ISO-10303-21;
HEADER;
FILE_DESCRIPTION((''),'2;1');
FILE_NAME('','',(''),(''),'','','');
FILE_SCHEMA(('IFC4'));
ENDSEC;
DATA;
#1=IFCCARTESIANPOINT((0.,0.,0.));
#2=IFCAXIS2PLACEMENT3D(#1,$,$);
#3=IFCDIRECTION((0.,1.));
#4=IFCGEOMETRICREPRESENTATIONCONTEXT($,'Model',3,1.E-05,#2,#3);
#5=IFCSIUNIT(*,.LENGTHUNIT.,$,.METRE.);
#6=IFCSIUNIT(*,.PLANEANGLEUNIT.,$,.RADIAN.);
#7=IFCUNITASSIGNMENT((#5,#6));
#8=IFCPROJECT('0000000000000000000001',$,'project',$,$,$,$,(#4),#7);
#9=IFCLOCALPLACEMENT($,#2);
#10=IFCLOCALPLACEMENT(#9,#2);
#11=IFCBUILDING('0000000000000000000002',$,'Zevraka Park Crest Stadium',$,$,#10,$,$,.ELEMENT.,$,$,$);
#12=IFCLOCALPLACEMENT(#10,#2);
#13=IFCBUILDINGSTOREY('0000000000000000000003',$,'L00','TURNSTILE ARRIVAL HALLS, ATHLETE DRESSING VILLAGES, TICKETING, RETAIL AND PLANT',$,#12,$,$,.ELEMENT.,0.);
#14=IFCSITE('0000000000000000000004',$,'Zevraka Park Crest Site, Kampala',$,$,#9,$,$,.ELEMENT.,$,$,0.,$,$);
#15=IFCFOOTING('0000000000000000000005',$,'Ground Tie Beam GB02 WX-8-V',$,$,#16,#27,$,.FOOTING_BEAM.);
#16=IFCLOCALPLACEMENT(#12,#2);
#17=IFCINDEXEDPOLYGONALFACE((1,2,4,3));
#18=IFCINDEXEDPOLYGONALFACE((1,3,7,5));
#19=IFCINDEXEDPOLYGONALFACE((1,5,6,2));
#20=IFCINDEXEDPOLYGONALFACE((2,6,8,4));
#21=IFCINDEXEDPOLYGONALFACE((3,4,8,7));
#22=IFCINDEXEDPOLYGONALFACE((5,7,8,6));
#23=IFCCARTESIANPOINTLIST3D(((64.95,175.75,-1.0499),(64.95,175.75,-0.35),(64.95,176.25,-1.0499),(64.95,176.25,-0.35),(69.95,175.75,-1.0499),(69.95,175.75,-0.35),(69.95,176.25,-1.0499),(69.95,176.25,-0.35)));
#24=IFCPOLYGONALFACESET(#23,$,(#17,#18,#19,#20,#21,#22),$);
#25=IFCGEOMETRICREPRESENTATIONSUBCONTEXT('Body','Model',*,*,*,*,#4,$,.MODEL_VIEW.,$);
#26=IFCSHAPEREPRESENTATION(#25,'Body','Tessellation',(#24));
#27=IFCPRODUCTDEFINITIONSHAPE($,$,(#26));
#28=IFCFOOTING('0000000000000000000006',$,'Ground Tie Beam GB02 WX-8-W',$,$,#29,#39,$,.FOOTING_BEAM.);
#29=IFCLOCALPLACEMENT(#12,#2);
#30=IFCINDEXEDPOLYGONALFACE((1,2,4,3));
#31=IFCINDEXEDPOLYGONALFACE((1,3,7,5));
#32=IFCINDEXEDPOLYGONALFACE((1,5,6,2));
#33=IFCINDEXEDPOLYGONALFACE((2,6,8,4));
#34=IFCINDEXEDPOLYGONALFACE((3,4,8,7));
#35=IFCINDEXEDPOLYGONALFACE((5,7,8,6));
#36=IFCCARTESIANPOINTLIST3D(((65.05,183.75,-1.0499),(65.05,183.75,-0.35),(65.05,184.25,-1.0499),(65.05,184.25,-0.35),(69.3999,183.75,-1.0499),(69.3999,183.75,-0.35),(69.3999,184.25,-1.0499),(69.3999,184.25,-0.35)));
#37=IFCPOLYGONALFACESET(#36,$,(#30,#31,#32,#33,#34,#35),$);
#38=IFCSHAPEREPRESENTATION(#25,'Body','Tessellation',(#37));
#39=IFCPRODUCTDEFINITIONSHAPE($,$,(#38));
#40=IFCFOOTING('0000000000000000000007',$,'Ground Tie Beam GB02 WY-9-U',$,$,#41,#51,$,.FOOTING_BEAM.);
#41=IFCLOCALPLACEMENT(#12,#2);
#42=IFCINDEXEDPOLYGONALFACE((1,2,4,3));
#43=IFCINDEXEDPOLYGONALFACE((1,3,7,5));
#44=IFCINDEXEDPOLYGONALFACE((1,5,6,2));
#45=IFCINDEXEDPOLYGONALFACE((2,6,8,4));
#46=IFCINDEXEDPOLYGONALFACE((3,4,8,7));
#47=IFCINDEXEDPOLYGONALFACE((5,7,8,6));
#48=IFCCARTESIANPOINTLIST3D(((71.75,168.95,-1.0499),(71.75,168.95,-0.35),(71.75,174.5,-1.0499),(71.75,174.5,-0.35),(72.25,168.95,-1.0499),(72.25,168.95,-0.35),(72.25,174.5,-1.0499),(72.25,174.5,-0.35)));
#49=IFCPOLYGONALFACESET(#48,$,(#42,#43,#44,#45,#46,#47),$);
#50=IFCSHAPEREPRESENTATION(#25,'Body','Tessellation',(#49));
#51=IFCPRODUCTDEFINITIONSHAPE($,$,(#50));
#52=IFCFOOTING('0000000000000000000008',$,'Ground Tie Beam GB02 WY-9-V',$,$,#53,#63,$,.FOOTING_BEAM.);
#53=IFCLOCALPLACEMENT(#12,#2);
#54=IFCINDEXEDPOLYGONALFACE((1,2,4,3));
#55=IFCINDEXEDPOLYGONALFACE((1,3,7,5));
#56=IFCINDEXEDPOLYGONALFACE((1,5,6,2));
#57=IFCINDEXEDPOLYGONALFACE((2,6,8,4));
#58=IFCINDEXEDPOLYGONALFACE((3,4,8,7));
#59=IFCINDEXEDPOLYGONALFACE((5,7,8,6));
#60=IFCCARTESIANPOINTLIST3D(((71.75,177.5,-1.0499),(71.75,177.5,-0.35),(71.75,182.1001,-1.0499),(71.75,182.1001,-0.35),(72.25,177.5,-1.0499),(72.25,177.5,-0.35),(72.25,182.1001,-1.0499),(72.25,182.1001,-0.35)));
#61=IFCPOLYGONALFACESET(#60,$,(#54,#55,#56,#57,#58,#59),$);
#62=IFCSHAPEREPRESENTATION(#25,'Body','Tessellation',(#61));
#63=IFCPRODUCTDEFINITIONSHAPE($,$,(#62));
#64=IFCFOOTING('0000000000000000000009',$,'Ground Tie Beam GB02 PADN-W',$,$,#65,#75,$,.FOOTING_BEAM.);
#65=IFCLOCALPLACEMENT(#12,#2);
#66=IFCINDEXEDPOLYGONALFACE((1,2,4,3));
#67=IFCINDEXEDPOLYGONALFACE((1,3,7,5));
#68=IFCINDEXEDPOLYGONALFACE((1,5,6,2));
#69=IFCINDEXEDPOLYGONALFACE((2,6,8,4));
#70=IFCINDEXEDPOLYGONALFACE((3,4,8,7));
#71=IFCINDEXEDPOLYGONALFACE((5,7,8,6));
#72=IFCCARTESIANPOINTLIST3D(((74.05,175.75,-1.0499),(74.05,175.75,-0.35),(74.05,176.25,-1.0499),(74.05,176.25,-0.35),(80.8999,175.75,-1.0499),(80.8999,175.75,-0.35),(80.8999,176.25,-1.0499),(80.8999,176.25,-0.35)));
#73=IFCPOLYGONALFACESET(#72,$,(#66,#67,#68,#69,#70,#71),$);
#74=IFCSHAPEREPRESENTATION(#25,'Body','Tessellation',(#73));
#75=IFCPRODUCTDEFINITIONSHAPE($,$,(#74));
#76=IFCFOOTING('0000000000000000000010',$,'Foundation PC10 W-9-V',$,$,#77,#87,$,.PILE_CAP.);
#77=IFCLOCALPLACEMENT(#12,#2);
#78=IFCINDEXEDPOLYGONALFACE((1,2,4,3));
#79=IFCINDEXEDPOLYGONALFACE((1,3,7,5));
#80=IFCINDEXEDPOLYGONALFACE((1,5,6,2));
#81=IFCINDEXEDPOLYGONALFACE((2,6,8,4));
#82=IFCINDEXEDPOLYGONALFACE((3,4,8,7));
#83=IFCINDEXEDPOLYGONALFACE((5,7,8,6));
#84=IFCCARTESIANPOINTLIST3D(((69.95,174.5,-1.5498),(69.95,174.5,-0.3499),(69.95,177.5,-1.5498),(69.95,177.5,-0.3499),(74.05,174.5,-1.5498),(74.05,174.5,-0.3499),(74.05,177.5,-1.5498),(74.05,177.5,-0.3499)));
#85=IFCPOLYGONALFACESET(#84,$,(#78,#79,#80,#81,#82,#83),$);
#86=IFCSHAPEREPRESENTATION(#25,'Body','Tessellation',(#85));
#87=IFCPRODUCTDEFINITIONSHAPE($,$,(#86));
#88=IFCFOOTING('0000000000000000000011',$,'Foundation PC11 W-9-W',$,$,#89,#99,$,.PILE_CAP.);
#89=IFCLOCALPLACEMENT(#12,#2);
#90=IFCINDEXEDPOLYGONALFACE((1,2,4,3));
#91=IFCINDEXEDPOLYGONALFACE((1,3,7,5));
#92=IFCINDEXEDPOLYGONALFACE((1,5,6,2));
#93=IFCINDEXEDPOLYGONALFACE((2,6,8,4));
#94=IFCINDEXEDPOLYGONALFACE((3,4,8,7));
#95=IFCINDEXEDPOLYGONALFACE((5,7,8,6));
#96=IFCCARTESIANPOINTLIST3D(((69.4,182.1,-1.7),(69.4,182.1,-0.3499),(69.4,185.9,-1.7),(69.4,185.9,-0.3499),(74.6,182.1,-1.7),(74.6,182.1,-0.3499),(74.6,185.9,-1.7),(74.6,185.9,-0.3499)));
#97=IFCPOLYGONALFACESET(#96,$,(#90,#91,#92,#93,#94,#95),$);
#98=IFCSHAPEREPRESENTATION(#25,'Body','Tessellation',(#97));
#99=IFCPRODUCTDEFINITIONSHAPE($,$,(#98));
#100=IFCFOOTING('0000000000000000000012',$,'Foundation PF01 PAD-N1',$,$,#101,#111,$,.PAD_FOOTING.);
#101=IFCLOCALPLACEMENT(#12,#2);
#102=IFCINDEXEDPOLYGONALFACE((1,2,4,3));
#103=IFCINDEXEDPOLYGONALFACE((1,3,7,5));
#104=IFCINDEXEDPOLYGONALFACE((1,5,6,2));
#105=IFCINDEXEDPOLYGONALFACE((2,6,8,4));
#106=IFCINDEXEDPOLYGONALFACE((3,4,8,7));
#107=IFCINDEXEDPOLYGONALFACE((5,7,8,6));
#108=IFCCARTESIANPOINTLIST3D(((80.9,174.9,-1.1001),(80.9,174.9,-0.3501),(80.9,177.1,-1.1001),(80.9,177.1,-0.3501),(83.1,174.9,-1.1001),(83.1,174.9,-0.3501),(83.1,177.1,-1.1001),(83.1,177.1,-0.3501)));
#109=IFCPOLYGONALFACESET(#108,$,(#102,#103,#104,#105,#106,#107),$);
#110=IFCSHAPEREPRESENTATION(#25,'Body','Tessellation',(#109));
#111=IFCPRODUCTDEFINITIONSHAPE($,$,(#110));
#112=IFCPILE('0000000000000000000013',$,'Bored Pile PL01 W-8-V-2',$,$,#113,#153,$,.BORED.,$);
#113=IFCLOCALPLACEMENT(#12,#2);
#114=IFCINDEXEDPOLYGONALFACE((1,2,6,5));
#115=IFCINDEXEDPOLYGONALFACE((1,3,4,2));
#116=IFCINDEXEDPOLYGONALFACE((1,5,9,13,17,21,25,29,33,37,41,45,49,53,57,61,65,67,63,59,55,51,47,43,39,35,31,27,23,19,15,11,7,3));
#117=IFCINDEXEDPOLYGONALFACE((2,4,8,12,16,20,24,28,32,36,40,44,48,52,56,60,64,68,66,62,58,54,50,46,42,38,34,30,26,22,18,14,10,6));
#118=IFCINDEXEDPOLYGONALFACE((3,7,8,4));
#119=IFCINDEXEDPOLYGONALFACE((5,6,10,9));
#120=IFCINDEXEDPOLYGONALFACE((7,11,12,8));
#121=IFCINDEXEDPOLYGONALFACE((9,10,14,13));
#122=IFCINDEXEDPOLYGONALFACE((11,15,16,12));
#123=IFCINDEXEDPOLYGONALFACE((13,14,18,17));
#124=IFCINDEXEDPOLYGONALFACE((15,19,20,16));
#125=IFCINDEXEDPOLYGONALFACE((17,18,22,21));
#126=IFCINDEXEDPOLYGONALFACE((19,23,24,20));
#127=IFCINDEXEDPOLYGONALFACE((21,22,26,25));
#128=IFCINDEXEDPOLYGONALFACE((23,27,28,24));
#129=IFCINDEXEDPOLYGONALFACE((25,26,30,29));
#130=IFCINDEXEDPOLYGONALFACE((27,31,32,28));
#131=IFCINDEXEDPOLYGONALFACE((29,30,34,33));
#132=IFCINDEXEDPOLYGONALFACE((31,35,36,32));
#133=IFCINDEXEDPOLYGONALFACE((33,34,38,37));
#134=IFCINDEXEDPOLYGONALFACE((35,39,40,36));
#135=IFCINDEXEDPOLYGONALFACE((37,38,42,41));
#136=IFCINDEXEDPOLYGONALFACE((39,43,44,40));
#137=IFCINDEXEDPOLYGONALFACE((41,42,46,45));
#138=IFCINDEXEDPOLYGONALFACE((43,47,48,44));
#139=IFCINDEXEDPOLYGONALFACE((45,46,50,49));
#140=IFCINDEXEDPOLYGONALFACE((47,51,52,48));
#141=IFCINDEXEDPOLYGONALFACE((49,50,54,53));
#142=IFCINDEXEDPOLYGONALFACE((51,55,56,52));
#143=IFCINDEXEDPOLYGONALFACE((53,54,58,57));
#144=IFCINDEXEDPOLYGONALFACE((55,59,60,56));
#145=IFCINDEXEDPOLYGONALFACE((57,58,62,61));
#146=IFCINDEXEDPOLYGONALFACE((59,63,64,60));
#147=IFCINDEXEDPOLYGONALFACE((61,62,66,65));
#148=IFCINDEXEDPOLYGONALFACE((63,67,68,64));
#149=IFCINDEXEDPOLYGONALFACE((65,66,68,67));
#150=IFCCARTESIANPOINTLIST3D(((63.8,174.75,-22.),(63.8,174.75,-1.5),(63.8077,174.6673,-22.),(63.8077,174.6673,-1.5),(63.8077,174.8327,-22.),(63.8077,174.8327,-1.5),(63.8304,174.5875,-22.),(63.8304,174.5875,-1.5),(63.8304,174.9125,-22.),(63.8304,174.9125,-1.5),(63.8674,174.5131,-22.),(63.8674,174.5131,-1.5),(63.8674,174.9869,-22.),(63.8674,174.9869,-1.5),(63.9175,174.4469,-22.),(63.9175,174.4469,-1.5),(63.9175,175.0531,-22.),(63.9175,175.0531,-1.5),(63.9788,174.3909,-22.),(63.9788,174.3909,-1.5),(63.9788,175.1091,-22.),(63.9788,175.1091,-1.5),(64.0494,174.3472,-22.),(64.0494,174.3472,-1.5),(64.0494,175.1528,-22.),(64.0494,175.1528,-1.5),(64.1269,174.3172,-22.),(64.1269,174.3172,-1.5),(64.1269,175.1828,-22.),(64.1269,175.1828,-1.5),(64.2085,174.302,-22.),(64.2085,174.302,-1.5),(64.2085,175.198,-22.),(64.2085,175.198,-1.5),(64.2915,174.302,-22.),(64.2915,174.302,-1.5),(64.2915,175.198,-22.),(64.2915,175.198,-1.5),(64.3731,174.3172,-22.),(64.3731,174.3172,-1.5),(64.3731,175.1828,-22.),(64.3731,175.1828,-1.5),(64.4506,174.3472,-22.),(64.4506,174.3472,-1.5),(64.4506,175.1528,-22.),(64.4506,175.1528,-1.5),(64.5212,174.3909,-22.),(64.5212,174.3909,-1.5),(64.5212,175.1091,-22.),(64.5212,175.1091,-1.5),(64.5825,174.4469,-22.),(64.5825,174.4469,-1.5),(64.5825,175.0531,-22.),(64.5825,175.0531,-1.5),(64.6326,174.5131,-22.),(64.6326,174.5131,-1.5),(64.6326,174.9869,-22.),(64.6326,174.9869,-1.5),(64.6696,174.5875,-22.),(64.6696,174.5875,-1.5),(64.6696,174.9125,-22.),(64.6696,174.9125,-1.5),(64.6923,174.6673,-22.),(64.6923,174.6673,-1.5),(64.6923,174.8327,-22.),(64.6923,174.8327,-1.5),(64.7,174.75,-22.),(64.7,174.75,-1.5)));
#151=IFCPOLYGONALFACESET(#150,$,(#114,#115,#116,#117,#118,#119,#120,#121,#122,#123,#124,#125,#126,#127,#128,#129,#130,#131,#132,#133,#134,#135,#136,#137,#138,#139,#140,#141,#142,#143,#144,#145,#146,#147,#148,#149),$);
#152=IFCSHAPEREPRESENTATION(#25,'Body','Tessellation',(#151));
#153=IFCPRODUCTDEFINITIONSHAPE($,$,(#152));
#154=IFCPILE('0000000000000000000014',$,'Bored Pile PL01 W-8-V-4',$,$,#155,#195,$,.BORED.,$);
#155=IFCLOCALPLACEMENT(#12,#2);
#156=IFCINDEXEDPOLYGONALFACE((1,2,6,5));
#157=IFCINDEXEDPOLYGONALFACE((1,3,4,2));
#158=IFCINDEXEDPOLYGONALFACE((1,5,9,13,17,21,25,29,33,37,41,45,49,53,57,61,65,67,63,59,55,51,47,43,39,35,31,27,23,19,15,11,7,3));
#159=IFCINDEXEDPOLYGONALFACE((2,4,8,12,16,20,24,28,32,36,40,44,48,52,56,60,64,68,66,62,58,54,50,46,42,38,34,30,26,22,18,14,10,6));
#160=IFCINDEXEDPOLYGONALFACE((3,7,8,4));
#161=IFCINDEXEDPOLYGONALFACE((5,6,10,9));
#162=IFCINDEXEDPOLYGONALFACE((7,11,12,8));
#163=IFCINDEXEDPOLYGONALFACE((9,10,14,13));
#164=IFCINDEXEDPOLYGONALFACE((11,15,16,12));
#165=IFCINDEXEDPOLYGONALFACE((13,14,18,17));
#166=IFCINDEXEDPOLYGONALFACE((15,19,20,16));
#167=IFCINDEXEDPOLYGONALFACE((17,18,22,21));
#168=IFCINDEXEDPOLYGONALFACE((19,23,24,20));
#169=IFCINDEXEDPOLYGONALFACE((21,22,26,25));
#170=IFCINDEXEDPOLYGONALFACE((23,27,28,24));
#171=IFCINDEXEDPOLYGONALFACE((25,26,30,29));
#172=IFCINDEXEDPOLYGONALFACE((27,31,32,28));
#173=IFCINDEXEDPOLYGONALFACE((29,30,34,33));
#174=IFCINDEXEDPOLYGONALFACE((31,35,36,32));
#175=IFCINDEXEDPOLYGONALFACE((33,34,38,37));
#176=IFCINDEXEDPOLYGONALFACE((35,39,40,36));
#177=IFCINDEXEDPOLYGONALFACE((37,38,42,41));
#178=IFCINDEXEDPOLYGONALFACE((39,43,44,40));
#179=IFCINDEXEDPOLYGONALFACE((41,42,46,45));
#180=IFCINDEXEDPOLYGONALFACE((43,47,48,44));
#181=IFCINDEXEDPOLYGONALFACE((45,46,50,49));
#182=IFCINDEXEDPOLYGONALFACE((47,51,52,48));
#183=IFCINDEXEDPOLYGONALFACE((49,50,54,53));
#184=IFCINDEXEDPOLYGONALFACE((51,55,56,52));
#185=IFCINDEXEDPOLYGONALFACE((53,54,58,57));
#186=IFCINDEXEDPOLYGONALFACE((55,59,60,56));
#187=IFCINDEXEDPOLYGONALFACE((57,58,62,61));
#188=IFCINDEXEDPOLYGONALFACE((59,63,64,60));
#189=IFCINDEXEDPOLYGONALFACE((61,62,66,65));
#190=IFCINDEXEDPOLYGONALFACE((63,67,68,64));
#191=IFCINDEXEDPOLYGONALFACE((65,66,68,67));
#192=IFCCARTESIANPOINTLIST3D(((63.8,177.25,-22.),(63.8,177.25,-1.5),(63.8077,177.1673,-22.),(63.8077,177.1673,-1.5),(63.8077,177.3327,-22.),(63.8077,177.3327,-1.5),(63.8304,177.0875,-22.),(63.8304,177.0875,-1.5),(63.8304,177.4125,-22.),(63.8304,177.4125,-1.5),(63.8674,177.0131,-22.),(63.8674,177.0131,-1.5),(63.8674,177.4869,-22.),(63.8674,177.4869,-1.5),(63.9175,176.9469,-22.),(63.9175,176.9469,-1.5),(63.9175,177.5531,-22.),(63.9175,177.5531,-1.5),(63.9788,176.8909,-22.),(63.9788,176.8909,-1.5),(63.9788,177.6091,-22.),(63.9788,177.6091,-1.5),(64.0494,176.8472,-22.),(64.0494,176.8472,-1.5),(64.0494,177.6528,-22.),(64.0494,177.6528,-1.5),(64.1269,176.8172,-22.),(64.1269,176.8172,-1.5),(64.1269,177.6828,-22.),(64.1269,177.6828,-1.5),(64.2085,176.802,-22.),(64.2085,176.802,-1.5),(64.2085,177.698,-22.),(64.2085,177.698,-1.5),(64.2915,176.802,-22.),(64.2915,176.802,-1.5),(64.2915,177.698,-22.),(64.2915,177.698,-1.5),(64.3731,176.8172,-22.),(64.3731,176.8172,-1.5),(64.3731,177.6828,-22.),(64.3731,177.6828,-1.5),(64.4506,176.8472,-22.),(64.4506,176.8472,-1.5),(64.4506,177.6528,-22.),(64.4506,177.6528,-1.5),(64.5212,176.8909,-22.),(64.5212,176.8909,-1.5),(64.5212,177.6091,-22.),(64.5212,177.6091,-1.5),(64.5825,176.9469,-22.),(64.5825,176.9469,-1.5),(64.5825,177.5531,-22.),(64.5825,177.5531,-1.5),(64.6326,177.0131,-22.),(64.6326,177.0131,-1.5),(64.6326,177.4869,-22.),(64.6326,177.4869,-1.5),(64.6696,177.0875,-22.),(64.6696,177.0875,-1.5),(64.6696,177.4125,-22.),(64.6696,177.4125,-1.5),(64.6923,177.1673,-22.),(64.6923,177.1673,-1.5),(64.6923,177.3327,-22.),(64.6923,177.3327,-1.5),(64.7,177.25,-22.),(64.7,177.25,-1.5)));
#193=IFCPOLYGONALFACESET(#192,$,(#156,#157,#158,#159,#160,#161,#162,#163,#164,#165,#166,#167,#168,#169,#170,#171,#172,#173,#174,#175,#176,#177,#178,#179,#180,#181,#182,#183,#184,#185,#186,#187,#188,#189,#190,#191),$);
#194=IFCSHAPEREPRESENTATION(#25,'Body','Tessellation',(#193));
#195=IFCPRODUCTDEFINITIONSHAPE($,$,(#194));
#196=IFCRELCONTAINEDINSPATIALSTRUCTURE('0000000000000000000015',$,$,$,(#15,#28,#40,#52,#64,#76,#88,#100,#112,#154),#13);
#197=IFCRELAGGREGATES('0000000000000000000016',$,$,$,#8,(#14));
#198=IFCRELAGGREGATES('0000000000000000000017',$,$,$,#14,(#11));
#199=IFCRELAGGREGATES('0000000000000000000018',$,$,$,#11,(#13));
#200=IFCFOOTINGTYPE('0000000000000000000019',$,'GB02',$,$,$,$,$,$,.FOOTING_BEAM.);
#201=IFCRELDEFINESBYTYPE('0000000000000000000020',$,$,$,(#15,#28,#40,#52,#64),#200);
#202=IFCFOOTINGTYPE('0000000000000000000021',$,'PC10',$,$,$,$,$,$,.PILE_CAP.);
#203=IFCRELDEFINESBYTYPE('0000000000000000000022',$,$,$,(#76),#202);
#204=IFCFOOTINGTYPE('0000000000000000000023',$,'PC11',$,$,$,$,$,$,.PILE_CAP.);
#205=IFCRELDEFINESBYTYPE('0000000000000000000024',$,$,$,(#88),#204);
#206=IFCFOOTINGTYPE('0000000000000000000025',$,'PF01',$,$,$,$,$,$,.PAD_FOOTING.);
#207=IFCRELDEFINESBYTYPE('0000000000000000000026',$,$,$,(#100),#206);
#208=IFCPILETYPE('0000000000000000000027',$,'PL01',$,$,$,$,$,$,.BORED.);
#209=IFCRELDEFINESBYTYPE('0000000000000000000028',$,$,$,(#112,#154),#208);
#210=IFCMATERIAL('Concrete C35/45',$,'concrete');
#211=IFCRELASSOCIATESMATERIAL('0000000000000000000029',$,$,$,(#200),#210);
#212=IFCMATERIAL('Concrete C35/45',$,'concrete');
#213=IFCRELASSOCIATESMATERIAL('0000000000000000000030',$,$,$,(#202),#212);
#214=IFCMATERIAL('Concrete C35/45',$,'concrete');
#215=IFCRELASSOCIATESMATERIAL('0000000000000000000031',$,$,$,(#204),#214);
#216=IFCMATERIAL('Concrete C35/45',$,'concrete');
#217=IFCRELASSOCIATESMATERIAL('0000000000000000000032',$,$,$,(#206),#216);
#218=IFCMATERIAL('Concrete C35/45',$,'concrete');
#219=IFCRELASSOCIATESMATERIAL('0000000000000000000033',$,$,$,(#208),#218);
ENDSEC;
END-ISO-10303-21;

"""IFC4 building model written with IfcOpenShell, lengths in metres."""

from ifc_helpers import new_model, si_unit, direction, frame, origin, origin_2d, place, context, subcontext, project, spatial, rectangle, circle, extrude, material, material_profile, profile_set, type_object, element, save


model = new_model("IFC4")

# Units and contexts
model_context = context("Model", 3, precision=1e-05, world=origin(), true_north=direction((0.0, 1.0)))
body_context = subcontext(model_context, "Body", "Model", "MODEL_VIEW")
ifc_project = project(units=[si_unit("LENGTHUNIT", "METRE"), si_unit("PLANEANGLEUNIT", "RADIAN")], contexts=[model_context])

# Site, building, storey
site_placement = place(None, origin())
site = spatial("IfcSite", under=ifc_project, at=site_placement, Name="Zevraka Park Crest Site, Kampala", CompositionType="ELEMENT", RefElevation=0.0)
building_placement = place(site_placement, origin())
building = spatial("IfcBuilding", under=site, at=building_placement, Name="Zevraka Park Crest Stadium", CompositionType="ELEMENT")
storey_placement = place(building_placement, origin())
storey = spatial("IfcBuildingStorey", under=building, at=storey_placement, Name="L00", Description="TURNSTILE ARRIVAL HALLS, ATHLETE DRESSING VILLAGES, TICKETING, RETAIL AND PLANT", CompositionType="ELEMENT", Elevation=0.0)

# Footings
ifc_material_1 = material(Name="Concrete C35/45", Category="concrete")
ifc_material_profile_1 = material_profile(ifc_material_1, rectangle(XDim=0.5, YDim=0.7, at=origin_2d()), Name="GB 700x500")
ifc_profile_set_1 = profile_set([ifc_material_profile_1], Name="Concrete C35/45")
footing_type_1 = type_object("IfcFootingType", Name="GB02", PredefinedType="FOOTING_BEAM", material=ifc_profile_set_1)
footing_1_placement = place(storey_placement, frame((64.95, 176.0, -0.7), z_axis=(1.0, 0.0, 0.0), x_axis=(0.0, 1.0, 0.0)))
element("IfcFooting", 1, at=footing_1_placement, inside=storey, type_object=footing_type_1, Name="Ground Tie Beam GB02 WX-8-V", PredefinedType="FOOTING_BEAM", context=body_context, shape_type="SweptSolid", body=[
    extrude(rectangle(XDim=0.5, YDim=0.7, at=origin_2d()), origin(), (0.0, 0.0, 1.0), 5.0),
])
footing_2_placement = place(storey_placement, frame((65.05, 184.0, -0.7), z_axis=(1.0, 0.0, 0.0), x_axis=(0.0, 1.0, 0.0)))
element("IfcFooting", 2, at=footing_2_placement, inside=storey, type_object=footing_type_1, Name="Ground Tie Beam GB02 WX-8-W", PredefinedType="FOOTING_BEAM", context=body_context, shape_type="SweptSolid", body=[
    extrude(rectangle(XDim=0.5, YDim=0.7, at=origin_2d()), origin(), (0.0, 0.0, 1.0), 4.3499),
])
footing_3_placement = place(storey_placement, frame((72.0, 168.95, -0.7), z_axis=(0.0, 1.0, 0.0), x_axis=(-1.0, 0.0, 0.0)))
element("IfcFooting", 3, at=footing_3_placement, inside=storey, type_object=footing_type_1, Name="Ground Tie Beam GB02 WY-9-U", PredefinedType="FOOTING_BEAM", context=body_context, shape_type="SweptSolid", body=[
    extrude(rectangle(XDim=0.5, YDim=0.7, at=origin_2d()), origin(), (0.0, 0.0, 1.0), 5.55),
])
footing_4_placement = place(storey_placement, frame((72.0, 177.5, -0.7), z_axis=(0.0, 1.0, 0.0), x_axis=(-1.0, 0.0, 0.0)))
element("IfcFooting", 4, at=footing_4_placement, inside=storey, type_object=footing_type_1, Name="Ground Tie Beam GB02 WY-9-V", PredefinedType="FOOTING_BEAM", context=body_context, shape_type="SweptSolid", body=[
    extrude(rectangle(XDim=0.5, YDim=0.7, at=origin_2d()), origin(), (0.0, 0.0, 1.0), 4.6001),
])
footing_5_placement = place(storey_placement, frame((74.05, 176.0, -0.7), z_axis=(1.0, 0.0, 0.0), x_axis=(0.0, 1.0, 0.0)))
element("IfcFooting", 5, at=footing_5_placement, inside=storey, type_object=footing_type_1, Name="Ground Tie Beam GB02 PADN-W", PredefinedType="FOOTING_BEAM", context=body_context, shape_type="SweptSolid", body=[
    extrude(rectangle(XDim=0.5, YDim=0.7, at=origin_2d()), origin(), (0.0, 0.0, 1.0), 6.8499),
])
ifc_material_2 = material(Name="Concrete C35/45", Category="concrete")
footing_type_2 = type_object("IfcFootingType", Name="PC10", PredefinedType="PILE_CAP", material=ifc_material_2)
footing_6_placement = place(storey_placement, frame((72.0, 176.0, -1.5498), z_axis=(0.0, 0.0, 1.0), x_axis=(1.0, 0.0, 0.0)))
element("IfcFooting", 6, at=footing_6_placement, inside=storey, type_object=footing_type_2, Name="Foundation PC10 W-9-V", PredefinedType="PILE_CAP", context=body_context, shape_type="SweptSolid", body=[
    extrude(rectangle(XDim=4.1001, YDim=3.0, at=origin_2d()), origin(), (0.0, 0.0, 1.0), 1.2),
])
ifc_material_3 = material(Name="Concrete C35/45", Category="concrete")
footing_type_3 = type_object("IfcFootingType", Name="PC11", PredefinedType="PILE_CAP", material=ifc_material_3)
footing_7_placement = place(storey_placement, frame((72.0, 184.0, -1.7), z_axis=(0.0, 0.0, 1.0), x_axis=(1.0, 0.0, 0.0)))
element("IfcFooting", 7, at=footing_7_placement, inside=storey, type_object=footing_type_3, Name="Foundation PC11 W-9-W", PredefinedType="PILE_CAP", context=body_context, shape_type="SweptSolid", body=[
    extrude(rectangle(XDim=5.2, YDim=3.8, at=origin_2d()), origin(), (0.0, 0.0, 1.0), 1.3501),
])
ifc_material_4 = material(Name="Concrete C35/45", Category="concrete")
footing_type_4 = type_object("IfcFootingType", Name="PF01", PredefinedType="PAD_FOOTING", material=ifc_material_4)
footing_8_placement = place(storey_placement, frame((82.0, 176.0, -1.1001), z_axis=(0.0, 0.0, 1.0), x_axis=(1.0, 0.0, 0.0)))
element("IfcFooting", 8, at=footing_8_placement, inside=storey, type_object=footing_type_4, Name="Foundation PF01 PAD-N1", PredefinedType="PAD_FOOTING", context=body_context, shape_type="SweptSolid", body=[
    extrude(rectangle(XDim=2.2, YDim=2.2, at=origin_2d()), origin(), (0.0, 0.0, 1.0), 0.75),
])

# Piles
ifc_material_5 = material(Name="Concrete C35/45", Category="concrete")
ifc_material_profile_2 = material_profile(ifc_material_5, circle(Radius=0.45, at=origin_2d()), Name="PILE D900")
ifc_profile_set_2 = profile_set([ifc_material_profile_2], Name="Concrete C35/45")
pile_type = type_object("IfcPileType", Name="PL01", PredefinedType="BORED", material=ifc_profile_set_2)
for number, where, z_axis, x_axis, name in (
    (9, (64.25, 174.75, -1.5), (0.0, 0.0, -1.0), (1.0, 0.0, 0.0), "Bored Pile PL01 W-8-V-2"),
    (10, (64.25, 177.25, -1.5), (0.0, 0.0, -1.0), (1.0, 0.0, 0.0), "Bored Pile PL01 W-8-V-4"),
):
    element("IfcPile", number, at=place(storey_placement, frame(where, z_axis=z_axis, x_axis=x_axis)), inside=storey, type_object=pile_type, Name=name, PredefinedType="BORED", context=body_context, shape_type="SweptSolid", body=[
        extrude(circle(Radius=0.45, at=origin_2d()), origin(), (0.0, 0.0, 1.0), 20.5),
    ])

save(model, "model.ifc")
